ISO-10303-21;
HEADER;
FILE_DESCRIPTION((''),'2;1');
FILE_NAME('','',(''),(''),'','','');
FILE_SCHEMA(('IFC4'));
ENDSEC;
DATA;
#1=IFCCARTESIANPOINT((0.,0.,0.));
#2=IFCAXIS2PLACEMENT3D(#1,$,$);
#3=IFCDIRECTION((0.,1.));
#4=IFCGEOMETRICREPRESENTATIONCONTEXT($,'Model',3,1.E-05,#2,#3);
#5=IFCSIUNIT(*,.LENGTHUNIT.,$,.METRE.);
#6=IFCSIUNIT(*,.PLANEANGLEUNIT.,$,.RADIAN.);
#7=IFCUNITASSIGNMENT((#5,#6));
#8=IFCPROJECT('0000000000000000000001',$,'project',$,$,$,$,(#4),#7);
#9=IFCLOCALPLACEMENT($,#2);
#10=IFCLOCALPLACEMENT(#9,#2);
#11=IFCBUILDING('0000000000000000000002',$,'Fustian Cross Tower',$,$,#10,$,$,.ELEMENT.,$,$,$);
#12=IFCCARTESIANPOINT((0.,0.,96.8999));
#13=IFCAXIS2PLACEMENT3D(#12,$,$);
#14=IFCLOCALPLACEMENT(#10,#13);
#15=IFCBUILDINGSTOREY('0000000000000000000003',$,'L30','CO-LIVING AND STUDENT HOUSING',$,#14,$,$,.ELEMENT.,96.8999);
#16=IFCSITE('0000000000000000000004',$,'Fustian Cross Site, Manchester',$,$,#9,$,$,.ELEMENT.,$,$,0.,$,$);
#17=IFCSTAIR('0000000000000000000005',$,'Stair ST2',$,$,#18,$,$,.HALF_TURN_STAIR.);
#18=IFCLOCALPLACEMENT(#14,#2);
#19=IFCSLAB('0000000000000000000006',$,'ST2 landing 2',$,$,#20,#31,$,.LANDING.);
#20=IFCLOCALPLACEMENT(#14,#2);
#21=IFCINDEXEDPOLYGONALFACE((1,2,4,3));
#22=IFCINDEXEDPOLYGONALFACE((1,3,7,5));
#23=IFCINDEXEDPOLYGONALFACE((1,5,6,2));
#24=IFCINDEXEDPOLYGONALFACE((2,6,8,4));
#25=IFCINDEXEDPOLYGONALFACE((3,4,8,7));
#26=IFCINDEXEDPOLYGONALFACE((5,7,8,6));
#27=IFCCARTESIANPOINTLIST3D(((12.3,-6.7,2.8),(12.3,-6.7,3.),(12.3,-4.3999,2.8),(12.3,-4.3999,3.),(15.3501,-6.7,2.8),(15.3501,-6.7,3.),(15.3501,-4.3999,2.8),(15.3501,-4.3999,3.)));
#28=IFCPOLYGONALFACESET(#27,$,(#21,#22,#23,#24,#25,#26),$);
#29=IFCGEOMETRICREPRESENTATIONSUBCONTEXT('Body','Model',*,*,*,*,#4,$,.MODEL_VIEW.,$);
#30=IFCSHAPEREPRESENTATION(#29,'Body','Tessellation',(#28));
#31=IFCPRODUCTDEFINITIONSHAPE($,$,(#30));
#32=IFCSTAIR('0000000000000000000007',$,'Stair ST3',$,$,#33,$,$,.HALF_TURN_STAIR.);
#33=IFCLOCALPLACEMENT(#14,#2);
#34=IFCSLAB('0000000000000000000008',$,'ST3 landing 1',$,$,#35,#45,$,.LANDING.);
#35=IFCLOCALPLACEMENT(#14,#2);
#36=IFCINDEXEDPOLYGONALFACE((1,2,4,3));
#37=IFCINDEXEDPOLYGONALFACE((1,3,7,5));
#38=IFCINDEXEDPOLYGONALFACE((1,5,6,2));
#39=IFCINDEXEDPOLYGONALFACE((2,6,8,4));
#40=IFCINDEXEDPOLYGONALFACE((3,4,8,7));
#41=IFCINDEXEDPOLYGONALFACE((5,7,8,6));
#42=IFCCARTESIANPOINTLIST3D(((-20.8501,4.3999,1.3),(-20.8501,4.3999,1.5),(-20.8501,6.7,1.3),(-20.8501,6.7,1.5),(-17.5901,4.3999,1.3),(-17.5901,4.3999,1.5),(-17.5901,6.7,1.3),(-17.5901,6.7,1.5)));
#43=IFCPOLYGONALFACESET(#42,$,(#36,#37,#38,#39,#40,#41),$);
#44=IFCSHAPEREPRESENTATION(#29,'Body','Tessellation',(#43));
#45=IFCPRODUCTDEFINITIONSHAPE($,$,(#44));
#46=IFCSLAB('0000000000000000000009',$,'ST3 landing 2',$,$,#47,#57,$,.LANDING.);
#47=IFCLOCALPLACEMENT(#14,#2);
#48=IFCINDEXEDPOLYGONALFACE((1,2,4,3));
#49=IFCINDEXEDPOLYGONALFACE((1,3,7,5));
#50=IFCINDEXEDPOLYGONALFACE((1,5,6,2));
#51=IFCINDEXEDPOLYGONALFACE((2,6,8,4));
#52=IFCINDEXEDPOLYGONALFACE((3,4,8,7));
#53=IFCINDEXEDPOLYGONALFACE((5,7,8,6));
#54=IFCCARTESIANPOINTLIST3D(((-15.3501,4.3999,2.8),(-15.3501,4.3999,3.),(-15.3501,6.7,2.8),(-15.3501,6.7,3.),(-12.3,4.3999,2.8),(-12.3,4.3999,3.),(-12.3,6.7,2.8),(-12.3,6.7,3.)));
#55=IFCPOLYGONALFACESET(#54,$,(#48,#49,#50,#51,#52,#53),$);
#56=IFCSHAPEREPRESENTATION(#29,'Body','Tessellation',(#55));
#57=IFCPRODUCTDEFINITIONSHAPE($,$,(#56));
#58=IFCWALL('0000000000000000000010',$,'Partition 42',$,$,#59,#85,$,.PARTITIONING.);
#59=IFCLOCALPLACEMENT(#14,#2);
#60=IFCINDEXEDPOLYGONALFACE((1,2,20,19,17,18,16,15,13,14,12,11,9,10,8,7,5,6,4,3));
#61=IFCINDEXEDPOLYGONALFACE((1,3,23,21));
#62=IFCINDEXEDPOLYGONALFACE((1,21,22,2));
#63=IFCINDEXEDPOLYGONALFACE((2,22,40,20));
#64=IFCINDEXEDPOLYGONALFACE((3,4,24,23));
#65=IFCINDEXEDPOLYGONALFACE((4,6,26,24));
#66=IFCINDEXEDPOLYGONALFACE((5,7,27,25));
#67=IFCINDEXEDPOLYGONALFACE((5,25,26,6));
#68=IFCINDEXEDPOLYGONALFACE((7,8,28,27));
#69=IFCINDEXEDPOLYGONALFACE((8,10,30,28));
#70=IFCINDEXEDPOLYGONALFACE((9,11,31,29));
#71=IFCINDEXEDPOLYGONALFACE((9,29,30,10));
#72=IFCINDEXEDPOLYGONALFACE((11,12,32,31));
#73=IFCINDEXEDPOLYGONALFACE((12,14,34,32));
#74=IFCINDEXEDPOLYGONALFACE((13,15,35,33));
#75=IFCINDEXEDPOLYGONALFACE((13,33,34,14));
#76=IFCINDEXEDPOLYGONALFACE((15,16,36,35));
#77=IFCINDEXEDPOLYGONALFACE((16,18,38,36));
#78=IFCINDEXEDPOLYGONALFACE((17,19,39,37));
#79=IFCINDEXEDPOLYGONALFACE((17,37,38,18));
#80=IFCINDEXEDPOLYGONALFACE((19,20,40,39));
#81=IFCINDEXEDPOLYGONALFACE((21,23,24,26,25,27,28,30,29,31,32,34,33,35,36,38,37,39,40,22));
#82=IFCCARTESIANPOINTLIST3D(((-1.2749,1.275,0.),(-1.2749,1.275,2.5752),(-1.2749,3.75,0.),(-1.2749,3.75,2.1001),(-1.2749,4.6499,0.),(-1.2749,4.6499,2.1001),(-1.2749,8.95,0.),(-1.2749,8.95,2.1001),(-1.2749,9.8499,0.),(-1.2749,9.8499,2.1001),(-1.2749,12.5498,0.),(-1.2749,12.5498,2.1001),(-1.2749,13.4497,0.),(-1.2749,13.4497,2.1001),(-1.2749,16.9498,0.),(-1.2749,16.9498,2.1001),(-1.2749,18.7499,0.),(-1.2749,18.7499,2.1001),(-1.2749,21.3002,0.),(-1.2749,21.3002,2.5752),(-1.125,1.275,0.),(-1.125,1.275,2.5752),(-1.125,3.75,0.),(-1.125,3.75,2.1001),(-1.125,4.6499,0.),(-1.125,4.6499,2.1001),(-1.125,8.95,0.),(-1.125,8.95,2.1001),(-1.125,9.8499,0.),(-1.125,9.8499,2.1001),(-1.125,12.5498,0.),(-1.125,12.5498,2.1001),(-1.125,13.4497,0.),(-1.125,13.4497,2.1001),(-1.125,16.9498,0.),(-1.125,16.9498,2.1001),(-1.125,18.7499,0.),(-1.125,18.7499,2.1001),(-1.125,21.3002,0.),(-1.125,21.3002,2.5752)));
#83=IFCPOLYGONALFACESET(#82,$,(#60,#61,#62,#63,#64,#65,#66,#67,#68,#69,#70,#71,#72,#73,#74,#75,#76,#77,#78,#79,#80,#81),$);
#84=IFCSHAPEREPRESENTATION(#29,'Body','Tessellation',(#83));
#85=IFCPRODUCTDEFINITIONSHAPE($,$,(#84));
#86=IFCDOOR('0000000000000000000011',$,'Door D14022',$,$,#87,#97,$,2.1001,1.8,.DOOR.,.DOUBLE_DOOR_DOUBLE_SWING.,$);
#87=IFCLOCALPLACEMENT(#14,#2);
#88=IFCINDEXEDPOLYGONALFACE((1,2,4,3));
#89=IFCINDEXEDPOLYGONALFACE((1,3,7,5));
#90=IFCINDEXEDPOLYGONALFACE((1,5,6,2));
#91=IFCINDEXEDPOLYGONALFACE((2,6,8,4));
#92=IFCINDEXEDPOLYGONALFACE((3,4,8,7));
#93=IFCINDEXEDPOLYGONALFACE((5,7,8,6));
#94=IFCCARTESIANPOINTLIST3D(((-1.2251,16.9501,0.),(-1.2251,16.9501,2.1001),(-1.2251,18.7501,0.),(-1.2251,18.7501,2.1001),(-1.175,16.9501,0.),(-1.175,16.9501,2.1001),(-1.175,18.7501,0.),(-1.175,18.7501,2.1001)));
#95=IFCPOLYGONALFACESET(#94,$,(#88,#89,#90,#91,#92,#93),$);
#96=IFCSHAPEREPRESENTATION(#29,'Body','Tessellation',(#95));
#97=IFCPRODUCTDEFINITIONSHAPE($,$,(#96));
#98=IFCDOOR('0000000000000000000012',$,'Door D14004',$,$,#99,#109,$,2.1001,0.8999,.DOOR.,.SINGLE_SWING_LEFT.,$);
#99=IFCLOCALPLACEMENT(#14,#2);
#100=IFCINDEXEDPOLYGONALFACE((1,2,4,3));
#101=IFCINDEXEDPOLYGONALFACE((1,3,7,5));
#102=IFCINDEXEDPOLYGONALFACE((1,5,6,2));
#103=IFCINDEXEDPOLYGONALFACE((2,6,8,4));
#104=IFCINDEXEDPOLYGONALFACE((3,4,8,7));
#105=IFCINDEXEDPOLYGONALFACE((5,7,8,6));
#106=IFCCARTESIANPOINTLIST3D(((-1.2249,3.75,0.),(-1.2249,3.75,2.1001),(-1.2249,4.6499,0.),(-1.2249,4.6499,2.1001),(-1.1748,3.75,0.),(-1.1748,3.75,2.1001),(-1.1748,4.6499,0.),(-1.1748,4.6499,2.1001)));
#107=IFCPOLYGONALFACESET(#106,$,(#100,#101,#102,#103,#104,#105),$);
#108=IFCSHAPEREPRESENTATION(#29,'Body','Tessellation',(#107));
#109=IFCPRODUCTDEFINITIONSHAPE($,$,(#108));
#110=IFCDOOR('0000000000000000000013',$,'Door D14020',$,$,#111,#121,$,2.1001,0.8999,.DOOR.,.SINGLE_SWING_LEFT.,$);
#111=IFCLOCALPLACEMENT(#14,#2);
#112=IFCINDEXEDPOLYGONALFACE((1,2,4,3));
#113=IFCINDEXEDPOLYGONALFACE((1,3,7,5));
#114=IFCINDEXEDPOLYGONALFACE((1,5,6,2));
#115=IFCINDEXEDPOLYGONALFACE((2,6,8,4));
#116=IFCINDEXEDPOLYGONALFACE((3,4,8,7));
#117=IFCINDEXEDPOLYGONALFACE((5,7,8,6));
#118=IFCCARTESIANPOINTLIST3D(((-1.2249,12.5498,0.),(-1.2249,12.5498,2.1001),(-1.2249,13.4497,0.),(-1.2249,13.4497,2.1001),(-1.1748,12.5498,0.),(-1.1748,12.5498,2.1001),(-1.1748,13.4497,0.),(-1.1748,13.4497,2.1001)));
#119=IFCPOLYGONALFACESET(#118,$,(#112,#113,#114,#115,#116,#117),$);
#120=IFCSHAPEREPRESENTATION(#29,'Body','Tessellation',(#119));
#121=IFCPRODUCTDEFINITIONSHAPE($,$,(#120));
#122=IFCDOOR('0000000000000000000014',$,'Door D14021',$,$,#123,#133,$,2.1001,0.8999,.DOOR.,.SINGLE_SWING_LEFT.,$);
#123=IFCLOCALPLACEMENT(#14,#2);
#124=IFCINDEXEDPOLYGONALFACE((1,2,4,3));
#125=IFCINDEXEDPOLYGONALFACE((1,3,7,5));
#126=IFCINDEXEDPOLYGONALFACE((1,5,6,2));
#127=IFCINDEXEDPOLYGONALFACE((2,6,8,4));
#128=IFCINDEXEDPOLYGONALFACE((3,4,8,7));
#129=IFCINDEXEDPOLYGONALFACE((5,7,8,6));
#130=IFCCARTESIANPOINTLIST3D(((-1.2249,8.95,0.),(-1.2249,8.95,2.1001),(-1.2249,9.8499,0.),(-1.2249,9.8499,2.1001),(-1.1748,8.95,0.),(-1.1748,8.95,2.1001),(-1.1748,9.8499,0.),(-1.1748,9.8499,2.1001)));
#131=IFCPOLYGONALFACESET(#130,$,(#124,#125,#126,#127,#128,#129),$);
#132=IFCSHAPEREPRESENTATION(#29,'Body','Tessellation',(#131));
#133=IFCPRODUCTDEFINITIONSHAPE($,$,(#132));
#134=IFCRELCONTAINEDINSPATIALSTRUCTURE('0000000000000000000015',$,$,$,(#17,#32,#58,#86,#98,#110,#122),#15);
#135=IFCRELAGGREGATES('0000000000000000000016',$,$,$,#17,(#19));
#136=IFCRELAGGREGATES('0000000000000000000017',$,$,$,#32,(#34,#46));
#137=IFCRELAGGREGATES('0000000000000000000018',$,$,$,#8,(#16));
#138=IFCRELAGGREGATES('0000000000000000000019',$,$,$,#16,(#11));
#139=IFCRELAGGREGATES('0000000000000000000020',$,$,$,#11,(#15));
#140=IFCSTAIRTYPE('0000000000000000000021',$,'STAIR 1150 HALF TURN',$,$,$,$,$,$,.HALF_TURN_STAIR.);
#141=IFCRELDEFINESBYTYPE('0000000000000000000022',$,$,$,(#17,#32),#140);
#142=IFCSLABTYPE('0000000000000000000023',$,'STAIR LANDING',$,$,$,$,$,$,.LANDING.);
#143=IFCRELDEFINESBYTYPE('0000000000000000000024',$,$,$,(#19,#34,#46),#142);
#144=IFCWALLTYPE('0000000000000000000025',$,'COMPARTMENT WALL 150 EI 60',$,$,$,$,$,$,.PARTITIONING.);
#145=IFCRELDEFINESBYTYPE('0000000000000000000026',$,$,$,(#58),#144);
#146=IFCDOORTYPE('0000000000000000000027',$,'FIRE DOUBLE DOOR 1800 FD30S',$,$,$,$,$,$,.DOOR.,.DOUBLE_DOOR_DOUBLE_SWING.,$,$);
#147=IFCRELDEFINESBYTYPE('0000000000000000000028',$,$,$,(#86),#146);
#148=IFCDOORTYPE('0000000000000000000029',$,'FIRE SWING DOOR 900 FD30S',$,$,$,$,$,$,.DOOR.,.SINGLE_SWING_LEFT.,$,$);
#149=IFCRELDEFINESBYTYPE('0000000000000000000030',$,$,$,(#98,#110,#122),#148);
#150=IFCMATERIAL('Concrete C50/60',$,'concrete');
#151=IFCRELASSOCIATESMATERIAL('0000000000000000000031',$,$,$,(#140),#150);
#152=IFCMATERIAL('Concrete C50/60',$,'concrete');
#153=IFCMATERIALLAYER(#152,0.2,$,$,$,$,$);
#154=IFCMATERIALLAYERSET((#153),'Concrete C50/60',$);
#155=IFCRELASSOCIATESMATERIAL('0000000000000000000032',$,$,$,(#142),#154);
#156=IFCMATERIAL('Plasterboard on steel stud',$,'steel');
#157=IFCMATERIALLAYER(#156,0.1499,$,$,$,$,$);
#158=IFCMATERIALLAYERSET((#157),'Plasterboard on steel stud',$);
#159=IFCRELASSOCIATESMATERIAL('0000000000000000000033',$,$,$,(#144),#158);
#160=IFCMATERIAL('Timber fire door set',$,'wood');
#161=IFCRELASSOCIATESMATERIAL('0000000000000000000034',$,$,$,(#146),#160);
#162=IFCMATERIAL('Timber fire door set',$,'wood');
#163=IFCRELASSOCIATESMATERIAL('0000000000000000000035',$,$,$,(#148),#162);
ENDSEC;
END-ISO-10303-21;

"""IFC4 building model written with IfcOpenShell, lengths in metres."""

from ifc_helpers import new_model, si_unit, direction, frame, frame_2d, origin, place, context, subcontext, project, spatial, polyline, rectangle, outline, extrude, material, layer, layer_set, type_object, element, fill, aggregate, save


model = new_model("IFC4")

# Units and contexts
model_context = context("Model", 3, precision=1e-05, world=origin(), true_north=direction((0.0, 1.0)))
body_context = subcontext(model_context, "Body", "Model", "MODEL_VIEW")
ifc_project = project(units=[si_unit("LENGTHUNIT", "METRE"), si_unit("PLANEANGLEUNIT", "RADIAN")], contexts=[model_context])

# Site, building, storey
site_placement = place(None, origin())
site = spatial("IfcSite", under=ifc_project, at=site_placement, Name="Fustian Cross Site, Manchester", CompositionType="ELEMENT", RefElevation=0.0)
building_placement = place(site_placement, origin())
building = spatial("IfcBuilding", under=site, at=building_placement, Name="Fustian Cross Tower", CompositionType="ELEMENT")
storey_placement = place(building_placement, frame((0.0, 0.0, 96.8999)))
storey = spatial("IfcBuildingStorey", under=building, at=storey_placement, Name="L30", Description="CO-LIVING AND STUDENT HOUSING", CompositionType="ELEMENT", Elevation=96.8999)

# Stairs, slabs
ifc_material_1 = material(Name="Concrete C50/60", Category="concrete")
stair_type = type_object("IfcStairType", Name="STAIR 1150 HALF TURN", PredefinedType="HALF_TURN_STAIR", material=ifc_material_1)
ifc_material_2 = material(Name="Concrete C50/60", Category="concrete")
ifc_layer_1 = layer(ifc_material_2, 0.2)
ifc_layer_set_1 = layer_set([ifc_layer_1], Name="Concrete C50/60")
slab_type_1 = type_object("IfcSlabType", Name="STAIR LANDING", PredefinedType="LANDING", material=ifc_layer_set_1)
stair_1_placement = place(storey_placement, origin())
stair_1 = element("IfcStair", 1, at=stair_1_placement, inside=storey, type_object=stair_type, Name="Stair ST2", PredefinedType="HALF_TURN_STAIR")
slab_1_placement = place(storey_placement, frame((0.0, 0.0, 2.8)))
slab_1 = element("IfcSlab", 2, at=slab_1_placement, type_object=slab_type_1, Name="ST2 landing 2", PredefinedType="LANDING", context=body_context, shape_type="SweptSolid", body=[
    extrude(outline(polyline([(12.3, -4.3999), (15.3501, -4.3999), (15.3501, -6.7), (12.3, -6.7), (12.3, -4.3999)])), origin(), (0.0, 0.0, 1.0), 0.2),
])
aggregate(stair_1, [slab_1])
stair_2_placement = place(storey_placement, origin())
stair_2 = element("IfcStair", 3, at=stair_2_placement, inside=storey, type_object=stair_type, Name="Stair ST3", PredefinedType="HALF_TURN_STAIR")
slab_2_placement = place(storey_placement, frame((0.0, 0.0, 1.3)))
slab_2 = element("IfcSlab", 4, at=slab_2_placement, type_object=slab_type_1, Name="ST3 landing 1", PredefinedType="LANDING", context=body_context, shape_type="SweptSolid", body=[
    extrude(outline(polyline([(-17.5901, 4.3999), (-20.8501, 4.3999), (-20.8501, 6.7), (-17.5901, 6.7), (-17.5901, 4.3999)])), origin(), (0.0, 0.0, 1.0), 0.2),
])
slab_3_placement = place(storey_placement, frame((0.0, 0.0, 2.8)))
slab_3 = element("IfcSlab", 5, at=slab_3_placement, type_object=slab_type_1, Name="ST3 landing 2", PredefinedType="LANDING", context=body_context, shape_type="SweptSolid", body=[
    extrude(outline(polyline([(-12.3, 4.3999), (-15.3501, 4.3999), (-15.3501, 6.7), (-12.3, 6.7), (-12.3, 4.3999)])), origin(), (0.0, 0.0, 1.0), 0.2),
])
aggregate(stair_2, [slab_2, slab_3])

# Wall, openings, doors
ifc_material_3 = material(Name="Plasterboard on steel stud", Category="steel")
ifc_layer_2 = layer(ifc_material_3, 0.1499)
ifc_layer_set_2 = layer_set([ifc_layer_2], Name="Plasterboard on steel stud")
wall_type = type_object("IfcWallType", Name="COMPARTMENT WALL 150 EI 60", PredefinedType="PARTITIONING", material=ifc_layer_set_2)
wall_placement = place(storey_placement, frame((-1.2, 1.2749, 0.0), z_axis=(0.0, 0.0, 1.0), x_axis=(0.0, 1.0, 0.0)))
wall = element("IfcWall", 6, at=wall_placement, inside=storey, type_object=wall_type, Name="Partition 42", PredefinedType="PARTITIONING", context=body_context, shape_type="SweptSolid", body=[
    extrude(rectangle(XDim=20.0251, YDim=0.1499, at=frame_2d((10.0127, 0.0))), origin(), (0.0, 0.0, 1.0), 2.5752),
])
opening_1_placement = place(wall_placement, frame((2.4751, 0.0, 0.0)))
opening_1 = element("IfcOpeningElement", 7, at=opening_1_placement, cuts=wall, PredefinedType="OPENING", context=body_context, shape_type="SweptSolid", body=[
    extrude(rectangle(XDim=0.8999, YDim=2.1001, at=frame_2d((0.45, 1.05))), frame((0.0, 0.085, 0.0), z_axis=(0.0, -1.0, 0.0), x_axis=(1.0, 0.0, 0.0)), (0.0, 0.0, 1.0), 0.1699),
])
opening_2_placement = place(wall_placement, frame((11.2749, 0.0, 0.0)))
opening_2 = element("IfcOpeningElement", 8, at=opening_2_placement, cuts=wall, PredefinedType="OPENING", context=body_context, shape_type="SweptSolid", body=[
    extrude(rectangle(XDim=0.8999, YDim=2.1001, at=frame_2d((0.45, 1.05))), frame((0.0, 0.085, 0.0), z_axis=(0.0, -1.0, 0.0), x_axis=(1.0, 0.0, 0.0)), (0.0, 0.0, 1.0), 0.1699),
])
opening_3_placement = place(wall_placement, frame((7.675, 0.0, 0.0)))
opening_3 = element("IfcOpeningElement", 9, at=opening_3_placement, cuts=wall, PredefinedType="OPENING", context=body_context, shape_type="SweptSolid", body=[
    extrude(rectangle(XDim=0.8999, YDim=2.1001, at=frame_2d((0.45, 1.05))), frame((0.0, 0.085, 0.0), z_axis=(0.0, -1.0, 0.0), x_axis=(1.0, 0.0, 0.0)), (0.0, 0.0, 1.0), 0.1699),
])
opening_4_placement = place(wall_placement, frame((15.675, 0.0, 0.0)))
opening_4 = element("IfcOpeningElement", 10, at=opening_4_placement, cuts=wall, PredefinedType="OPENING", context=body_context, shape_type="SweptSolid", body=[
    extrude(rectangle(XDim=1.8, YDim=2.1001, at=frame_2d((0.8999, 1.05))), frame((0.0, 0.085, 0.0), z_axis=(0.0, -1.0, 0.0), x_axis=(1.0, 0.0, 0.0)), (0.0, 0.0, 1.0), 0.1699),
])
ifc_material_4 = material(Name="Timber fire door set", Category="wood")
door_type_1 = type_object("IfcDoorType", Name="FIRE DOUBLE DOOR 1800 FD30S", OperationType="DOUBLE_DOOR_DOUBLE_SWING", PredefinedType="DOOR", material=ifc_material_4)
door_1_placement = place(opening_4_placement, frame((1.8, 0.0, 0.0), z_axis=(0.0, 0.0, 1.0), x_axis=(-1.0, 0.0, 0.0)))
door_1 = element("IfcDoor", 11, at=door_1_placement, inside=storey, type_object=door_type_1, Name="Door D14022", OperationType="DOUBLE_DOOR_DOUBLE_SWING", OverallHeight=2.1001, OverallWidth=1.8, PredefinedType="DOOR", context=body_context, shape_type="SweptSolid", body=[
    extrude(rectangle(XDim=1.8, YDim=2.1001, at=frame_2d((0.8999, 1.05))), frame((0.0, 0.0249, 0.0), z_axis=(0.0, -1.0, 0.0), x_axis=(1.0, 0.0, 0.0)), (0.0, 0.0, 1.0), 0.05),
])
fill(opening_4, door_1)
ifc_material_5 = material(Name="Timber fire door set", Category="wood")
door_type_2 = type_object("IfcDoorType", Name="FIRE SWING DOOR 900 FD30S", OperationType="SINGLE_SWING_LEFT", PredefinedType="DOOR", material=ifc_material_5)
door_2_placement = place(opening_1_placement, origin())
door_2 = element("IfcDoor", 12, at=door_2_placement, inside=storey, type_object=door_type_2, Name="Door D14004", OperationType="SINGLE_SWING_LEFT", OverallHeight=2.1001, OverallWidth=0.8999, PredefinedType="DOOR", context=body_context, shape_type="SweptSolid", body=[
    extrude(rectangle(XDim=0.8999, YDim=2.1001, at=frame_2d((0.45, 1.05))), frame((0.0, 0.0249, 0.0), z_axis=(0.0, -1.0, 0.0), x_axis=(1.0, 0.0, 0.0)), (0.0, 0.0, 1.0), 0.05),
])
fill(opening_1, door_2)
door_3_placement = place(opening_2_placement, origin())
door_3 = element("IfcDoor", 13, at=door_3_placement, inside=storey, type_object=door_type_2, Name="Door D14020", OperationType="SINGLE_SWING_LEFT", OverallHeight=2.1001, OverallWidth=0.8999, PredefinedType="DOOR", context=body_context, shape_type="SweptSolid", body=[
    extrude(rectangle(XDim=0.8999, YDim=2.1001, at=frame_2d((0.45, 1.05))), frame((0.0, 0.0249, 0.0), z_axis=(0.0, -1.0, 0.0), x_axis=(1.0, 0.0, 0.0)), (0.0, 0.0, 1.0), 0.05),
])
fill(opening_2, door_3)
door_4_placement = place(opening_3_placement, origin())
door_4 = element("IfcDoor", 14, at=door_4_placement, inside=storey, type_object=door_type_2, Name="Door D14021", OperationType="SINGLE_SWING_LEFT", OverallHeight=2.1001, OverallWidth=0.8999, PredefinedType="DOOR", context=body_context, shape_type="SweptSolid", body=[
    extrude(rectangle(XDim=0.8999, YDim=2.1001, at=frame_2d((0.45, 1.05))), frame((0.0, 0.0249, 0.0), z_axis=(0.0, -1.0, 0.0), x_axis=(1.0, 0.0, 0.0)), (0.0, 0.0, 1.0), 0.05),
])
fill(opening_3, door_4)

save(model, "model.ifc")
